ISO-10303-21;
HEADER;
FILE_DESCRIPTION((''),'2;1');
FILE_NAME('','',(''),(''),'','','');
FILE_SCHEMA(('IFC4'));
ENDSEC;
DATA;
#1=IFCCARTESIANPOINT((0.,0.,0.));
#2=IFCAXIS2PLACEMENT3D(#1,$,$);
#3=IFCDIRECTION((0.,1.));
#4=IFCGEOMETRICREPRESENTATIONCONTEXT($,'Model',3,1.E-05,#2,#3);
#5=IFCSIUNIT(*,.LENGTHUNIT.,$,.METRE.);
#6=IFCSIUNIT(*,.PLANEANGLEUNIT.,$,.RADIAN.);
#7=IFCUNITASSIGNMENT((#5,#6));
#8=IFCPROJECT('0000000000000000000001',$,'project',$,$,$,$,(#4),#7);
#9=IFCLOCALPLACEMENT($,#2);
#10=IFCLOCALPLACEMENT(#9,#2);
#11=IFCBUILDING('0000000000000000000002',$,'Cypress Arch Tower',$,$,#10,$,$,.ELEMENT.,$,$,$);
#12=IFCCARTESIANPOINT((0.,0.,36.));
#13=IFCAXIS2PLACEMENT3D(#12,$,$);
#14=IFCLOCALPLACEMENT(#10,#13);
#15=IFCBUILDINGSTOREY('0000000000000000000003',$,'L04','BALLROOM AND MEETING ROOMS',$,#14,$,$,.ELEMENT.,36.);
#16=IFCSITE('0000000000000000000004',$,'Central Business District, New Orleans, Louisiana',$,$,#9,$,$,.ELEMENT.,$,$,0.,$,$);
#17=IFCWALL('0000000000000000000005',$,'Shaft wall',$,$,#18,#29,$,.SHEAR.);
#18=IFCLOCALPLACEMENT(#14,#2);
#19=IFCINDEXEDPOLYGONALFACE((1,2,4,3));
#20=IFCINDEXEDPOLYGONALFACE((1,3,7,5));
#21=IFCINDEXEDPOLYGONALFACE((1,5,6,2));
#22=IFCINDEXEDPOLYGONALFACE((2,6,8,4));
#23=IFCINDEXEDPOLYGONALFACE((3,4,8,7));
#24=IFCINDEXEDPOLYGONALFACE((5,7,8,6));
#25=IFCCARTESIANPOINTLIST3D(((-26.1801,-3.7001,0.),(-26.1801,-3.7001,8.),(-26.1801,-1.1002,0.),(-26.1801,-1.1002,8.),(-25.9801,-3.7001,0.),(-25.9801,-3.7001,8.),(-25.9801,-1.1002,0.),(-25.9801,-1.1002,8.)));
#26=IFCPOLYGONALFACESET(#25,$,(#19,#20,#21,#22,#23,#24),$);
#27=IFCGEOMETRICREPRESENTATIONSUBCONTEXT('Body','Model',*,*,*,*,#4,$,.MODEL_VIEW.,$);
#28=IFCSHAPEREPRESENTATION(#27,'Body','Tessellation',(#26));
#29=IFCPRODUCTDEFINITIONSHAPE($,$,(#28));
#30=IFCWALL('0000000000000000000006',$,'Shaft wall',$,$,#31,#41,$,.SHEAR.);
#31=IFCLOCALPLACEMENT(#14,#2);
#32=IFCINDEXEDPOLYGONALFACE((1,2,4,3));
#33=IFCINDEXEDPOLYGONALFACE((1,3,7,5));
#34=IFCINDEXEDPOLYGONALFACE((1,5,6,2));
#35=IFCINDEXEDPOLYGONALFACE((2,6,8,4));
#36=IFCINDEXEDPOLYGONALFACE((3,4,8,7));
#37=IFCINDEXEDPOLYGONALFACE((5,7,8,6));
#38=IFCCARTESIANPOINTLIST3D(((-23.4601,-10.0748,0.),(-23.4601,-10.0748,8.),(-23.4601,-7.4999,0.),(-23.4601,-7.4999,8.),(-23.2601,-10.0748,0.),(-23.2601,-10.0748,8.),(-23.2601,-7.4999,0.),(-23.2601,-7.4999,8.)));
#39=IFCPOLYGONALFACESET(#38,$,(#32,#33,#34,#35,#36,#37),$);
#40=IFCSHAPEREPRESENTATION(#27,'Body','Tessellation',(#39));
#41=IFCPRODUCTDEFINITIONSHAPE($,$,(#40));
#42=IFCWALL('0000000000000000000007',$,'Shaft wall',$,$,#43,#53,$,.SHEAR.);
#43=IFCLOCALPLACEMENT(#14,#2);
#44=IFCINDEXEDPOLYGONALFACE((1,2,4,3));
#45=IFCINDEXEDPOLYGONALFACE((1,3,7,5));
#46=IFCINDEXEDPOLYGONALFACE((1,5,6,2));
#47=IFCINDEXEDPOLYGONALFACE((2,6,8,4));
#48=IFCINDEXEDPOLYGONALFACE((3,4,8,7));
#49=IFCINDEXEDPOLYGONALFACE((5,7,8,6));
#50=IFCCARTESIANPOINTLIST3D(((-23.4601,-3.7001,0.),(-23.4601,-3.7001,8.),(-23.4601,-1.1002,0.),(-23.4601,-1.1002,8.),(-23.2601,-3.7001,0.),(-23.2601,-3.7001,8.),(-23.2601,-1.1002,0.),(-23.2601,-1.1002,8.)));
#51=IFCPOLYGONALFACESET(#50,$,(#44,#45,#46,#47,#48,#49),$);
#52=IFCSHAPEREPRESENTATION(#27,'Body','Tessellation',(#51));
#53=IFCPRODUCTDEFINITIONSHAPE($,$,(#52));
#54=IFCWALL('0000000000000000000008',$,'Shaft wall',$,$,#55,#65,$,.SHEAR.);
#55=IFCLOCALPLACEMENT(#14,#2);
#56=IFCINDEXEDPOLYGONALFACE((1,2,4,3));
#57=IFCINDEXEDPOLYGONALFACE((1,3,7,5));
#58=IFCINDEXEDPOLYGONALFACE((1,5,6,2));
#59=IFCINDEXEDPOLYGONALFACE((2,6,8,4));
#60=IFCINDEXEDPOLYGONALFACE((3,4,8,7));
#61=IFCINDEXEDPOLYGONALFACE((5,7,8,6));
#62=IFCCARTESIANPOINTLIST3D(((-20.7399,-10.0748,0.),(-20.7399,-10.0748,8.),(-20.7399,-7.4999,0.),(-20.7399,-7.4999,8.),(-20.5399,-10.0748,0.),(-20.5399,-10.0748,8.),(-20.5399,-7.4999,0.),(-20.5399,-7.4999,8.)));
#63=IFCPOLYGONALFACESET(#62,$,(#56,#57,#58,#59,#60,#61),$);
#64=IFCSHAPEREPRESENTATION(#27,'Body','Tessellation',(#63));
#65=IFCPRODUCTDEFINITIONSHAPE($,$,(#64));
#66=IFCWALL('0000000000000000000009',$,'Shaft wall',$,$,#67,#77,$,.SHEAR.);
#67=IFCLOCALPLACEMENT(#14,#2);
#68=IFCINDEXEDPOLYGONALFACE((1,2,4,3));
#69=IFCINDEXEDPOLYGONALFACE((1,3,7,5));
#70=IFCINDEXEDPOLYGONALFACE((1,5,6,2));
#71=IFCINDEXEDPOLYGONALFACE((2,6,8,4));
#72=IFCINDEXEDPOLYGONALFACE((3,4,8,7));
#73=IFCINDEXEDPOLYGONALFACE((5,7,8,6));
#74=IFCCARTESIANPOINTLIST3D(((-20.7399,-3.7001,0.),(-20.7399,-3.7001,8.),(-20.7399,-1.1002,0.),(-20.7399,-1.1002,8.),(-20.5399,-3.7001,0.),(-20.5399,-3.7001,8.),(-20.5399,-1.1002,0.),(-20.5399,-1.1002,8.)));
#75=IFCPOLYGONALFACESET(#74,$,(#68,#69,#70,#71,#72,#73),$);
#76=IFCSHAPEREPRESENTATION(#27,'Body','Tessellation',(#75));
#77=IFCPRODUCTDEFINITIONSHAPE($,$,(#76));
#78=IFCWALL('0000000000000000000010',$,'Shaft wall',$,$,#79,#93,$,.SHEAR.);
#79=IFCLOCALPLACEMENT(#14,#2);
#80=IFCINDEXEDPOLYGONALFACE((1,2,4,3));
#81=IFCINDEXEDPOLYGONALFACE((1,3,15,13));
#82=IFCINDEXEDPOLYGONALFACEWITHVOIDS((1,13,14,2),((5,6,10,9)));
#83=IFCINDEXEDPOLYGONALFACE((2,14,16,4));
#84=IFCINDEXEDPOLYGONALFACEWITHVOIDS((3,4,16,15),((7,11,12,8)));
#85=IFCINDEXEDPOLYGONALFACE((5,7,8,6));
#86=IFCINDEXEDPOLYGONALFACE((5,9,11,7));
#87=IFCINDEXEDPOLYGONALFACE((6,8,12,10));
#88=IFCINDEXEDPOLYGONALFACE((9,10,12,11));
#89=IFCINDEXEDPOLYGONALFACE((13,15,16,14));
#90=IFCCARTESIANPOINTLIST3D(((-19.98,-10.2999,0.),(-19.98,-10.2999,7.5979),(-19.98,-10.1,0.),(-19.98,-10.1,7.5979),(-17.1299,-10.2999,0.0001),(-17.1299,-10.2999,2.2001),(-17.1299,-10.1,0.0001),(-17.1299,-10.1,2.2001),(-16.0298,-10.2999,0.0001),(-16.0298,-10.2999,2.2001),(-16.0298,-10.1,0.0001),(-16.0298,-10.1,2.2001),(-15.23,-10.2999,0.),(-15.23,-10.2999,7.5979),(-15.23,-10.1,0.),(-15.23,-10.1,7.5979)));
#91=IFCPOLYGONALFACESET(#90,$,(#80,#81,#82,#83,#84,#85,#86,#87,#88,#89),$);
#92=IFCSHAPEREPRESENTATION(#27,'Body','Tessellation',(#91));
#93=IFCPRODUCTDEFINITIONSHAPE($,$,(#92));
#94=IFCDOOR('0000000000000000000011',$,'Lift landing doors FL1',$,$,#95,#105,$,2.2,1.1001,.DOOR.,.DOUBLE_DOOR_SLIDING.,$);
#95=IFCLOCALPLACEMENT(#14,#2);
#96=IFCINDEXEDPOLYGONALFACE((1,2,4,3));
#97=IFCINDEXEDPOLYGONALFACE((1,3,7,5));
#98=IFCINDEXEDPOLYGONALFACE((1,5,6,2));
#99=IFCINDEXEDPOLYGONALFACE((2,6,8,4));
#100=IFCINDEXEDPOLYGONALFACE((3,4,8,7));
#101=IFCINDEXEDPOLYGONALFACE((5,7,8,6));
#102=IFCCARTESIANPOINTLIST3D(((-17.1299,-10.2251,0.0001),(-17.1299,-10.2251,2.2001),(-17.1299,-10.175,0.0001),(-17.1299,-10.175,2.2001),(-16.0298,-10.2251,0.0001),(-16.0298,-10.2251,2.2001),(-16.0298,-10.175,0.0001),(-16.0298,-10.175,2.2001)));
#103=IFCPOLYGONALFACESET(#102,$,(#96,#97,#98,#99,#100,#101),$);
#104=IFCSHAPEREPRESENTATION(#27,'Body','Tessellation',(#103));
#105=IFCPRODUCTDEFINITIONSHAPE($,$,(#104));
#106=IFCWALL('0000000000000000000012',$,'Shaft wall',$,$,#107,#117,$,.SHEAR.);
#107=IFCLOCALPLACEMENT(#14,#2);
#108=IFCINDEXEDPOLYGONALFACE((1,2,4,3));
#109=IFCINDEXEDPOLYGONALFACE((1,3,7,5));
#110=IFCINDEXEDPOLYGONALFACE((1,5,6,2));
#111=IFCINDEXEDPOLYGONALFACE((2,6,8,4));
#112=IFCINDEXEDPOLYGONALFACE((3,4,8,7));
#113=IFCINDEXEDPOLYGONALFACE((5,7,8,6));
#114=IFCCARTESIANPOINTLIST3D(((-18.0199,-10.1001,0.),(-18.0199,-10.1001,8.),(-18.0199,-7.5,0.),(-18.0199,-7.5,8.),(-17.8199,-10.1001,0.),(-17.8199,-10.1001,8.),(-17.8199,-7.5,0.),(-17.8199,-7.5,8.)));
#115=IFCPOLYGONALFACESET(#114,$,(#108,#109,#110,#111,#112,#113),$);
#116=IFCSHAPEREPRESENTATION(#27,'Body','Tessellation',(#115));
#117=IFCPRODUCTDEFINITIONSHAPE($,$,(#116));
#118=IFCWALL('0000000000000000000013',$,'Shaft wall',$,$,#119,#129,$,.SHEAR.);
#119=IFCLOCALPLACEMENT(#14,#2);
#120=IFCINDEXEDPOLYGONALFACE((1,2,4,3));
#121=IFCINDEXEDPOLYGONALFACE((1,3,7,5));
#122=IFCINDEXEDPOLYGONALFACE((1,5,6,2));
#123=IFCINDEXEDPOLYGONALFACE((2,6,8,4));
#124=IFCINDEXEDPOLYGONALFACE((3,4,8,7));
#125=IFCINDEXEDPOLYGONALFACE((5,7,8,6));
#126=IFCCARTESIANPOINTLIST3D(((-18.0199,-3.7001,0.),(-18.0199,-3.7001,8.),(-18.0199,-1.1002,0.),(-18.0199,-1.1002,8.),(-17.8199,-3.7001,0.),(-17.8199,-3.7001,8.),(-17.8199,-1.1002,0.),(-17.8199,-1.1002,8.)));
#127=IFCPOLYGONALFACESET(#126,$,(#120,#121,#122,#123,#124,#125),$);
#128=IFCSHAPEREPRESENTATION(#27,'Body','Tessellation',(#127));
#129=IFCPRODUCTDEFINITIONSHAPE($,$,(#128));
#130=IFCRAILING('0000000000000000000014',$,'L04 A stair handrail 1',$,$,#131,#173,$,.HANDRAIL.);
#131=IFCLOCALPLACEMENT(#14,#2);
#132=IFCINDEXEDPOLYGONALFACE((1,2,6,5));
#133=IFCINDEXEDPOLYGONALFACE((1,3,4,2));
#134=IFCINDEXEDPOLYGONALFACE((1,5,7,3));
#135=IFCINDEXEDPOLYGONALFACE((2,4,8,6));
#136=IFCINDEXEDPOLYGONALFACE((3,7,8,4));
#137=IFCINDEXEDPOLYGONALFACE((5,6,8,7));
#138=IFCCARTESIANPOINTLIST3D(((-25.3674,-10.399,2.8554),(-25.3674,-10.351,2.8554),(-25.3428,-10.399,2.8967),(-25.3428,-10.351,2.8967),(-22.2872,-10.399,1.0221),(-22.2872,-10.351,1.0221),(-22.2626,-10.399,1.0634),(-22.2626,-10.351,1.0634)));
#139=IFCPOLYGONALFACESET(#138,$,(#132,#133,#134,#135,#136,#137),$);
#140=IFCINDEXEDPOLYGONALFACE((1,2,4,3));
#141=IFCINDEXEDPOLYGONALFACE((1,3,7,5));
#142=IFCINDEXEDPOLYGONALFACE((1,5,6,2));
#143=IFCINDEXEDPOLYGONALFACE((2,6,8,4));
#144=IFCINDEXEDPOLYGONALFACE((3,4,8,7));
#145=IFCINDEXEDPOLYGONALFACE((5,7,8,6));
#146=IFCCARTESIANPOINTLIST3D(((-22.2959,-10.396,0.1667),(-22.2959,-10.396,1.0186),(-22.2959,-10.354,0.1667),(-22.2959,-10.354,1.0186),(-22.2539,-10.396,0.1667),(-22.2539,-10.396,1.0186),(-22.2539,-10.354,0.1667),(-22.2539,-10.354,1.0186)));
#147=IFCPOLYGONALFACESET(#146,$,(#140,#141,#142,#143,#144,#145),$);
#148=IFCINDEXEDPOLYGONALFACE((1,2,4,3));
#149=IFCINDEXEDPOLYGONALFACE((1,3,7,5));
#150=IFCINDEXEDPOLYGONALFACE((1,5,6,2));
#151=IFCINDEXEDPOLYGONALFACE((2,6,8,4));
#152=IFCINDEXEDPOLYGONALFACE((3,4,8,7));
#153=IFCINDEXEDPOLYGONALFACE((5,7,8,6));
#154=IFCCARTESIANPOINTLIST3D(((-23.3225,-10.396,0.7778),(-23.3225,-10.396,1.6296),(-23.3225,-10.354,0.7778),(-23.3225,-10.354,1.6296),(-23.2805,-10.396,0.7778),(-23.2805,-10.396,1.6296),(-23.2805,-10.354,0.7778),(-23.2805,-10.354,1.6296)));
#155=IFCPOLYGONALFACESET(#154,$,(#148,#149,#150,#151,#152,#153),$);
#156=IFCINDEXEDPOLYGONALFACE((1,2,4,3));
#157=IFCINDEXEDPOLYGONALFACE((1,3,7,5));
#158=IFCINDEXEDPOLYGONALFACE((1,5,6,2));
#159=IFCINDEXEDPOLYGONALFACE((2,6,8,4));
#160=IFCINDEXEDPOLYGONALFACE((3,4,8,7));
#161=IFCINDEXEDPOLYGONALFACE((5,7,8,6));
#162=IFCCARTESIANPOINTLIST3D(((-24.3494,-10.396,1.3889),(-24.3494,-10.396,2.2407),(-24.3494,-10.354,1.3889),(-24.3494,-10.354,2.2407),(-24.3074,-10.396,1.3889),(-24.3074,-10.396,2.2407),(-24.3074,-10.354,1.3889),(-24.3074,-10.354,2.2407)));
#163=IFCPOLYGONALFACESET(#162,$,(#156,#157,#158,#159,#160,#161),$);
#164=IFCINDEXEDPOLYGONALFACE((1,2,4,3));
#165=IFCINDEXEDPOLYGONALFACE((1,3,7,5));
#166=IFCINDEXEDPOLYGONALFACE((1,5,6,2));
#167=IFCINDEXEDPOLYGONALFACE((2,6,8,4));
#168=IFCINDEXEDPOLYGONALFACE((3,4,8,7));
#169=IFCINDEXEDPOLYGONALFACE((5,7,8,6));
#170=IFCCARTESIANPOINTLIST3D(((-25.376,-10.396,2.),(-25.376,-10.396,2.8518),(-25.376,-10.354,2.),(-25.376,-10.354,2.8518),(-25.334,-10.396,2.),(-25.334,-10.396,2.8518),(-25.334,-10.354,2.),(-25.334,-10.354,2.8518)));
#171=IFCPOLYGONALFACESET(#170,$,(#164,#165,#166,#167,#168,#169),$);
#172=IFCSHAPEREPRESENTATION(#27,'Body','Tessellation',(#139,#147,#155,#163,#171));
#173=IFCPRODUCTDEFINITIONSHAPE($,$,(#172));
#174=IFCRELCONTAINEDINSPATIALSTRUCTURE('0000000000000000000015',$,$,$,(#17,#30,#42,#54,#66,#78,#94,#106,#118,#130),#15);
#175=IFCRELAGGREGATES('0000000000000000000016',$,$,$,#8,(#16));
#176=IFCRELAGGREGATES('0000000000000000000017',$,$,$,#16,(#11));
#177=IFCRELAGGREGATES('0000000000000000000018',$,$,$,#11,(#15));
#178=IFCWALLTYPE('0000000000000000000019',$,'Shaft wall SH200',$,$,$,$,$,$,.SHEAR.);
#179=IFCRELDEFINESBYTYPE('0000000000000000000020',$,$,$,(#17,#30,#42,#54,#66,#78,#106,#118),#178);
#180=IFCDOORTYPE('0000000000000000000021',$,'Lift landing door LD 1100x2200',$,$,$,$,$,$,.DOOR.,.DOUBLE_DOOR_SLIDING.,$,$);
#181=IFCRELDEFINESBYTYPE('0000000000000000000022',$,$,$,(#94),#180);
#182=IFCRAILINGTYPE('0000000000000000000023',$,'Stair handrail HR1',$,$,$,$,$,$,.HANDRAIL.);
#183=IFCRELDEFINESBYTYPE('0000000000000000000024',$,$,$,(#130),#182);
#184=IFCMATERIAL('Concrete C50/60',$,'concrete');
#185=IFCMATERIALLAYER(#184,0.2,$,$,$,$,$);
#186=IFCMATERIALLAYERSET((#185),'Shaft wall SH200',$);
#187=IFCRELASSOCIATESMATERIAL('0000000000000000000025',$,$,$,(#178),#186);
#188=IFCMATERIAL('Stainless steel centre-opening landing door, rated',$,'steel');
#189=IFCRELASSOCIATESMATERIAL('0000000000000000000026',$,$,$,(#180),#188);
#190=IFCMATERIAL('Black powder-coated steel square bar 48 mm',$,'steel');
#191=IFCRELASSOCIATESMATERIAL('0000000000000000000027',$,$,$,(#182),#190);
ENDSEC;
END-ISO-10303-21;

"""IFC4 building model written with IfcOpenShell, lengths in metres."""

from ifc_helpers import new_model, si_unit, direction, frame, frame_2d, origin, origin_2d, place, context, subcontext, project, spatial, rectangle, extrude, material, layer, layer_set, type_object, element, fill, save


model = new_model("IFC4")

# Units and contexts
model_context = context("Model", 3, precision=1e-05, world=origin(), true_north=direction((0.0, 1.0)))
body_context = subcontext(model_context, "Body", "Model", "MODEL_VIEW")
ifc_project = project(units=[si_unit("LENGTHUNIT", "METRE"), si_unit("PLANEANGLEUNIT", "RADIAN")], contexts=[model_context])

# Site, building, storey
site_placement = place(None, origin())
site = spatial("IfcSite", under=ifc_project, at=site_placement, Name="Central Business District, New Orleans, Louisiana", CompositionType="ELEMENT", RefElevation=0.0)
building_placement = place(site_placement, origin())
building = spatial("IfcBuilding", under=site, at=building_placement, Name="Cypress Arch Tower", CompositionType="ELEMENT")
storey_placement = place(building_placement, frame((0.0, 0.0, 36.0)))
storey = spatial("IfcBuildingStorey", under=building, at=storey_placement, Name="L04", Description="BALLROOM AND MEETING ROOMS", CompositionType="ELEMENT", Elevation=36.0)

# Walls
ifc_material_1 = material(Name="Concrete C50/60", Category="concrete")
ifc_layer_1 = layer(ifc_material_1, 0.2)
ifc_layer_set_1 = layer_set([ifc_layer_1], Name="Shaft wall SH200")
wall_type_1 = type_object("IfcWallType", Name="Shaft wall SH200", PredefinedType="SHEAR", material=ifc_layer_set_1)
wall_1_placement = place(storey_placement, frame((-26.0801, -3.7, 0.0), z_axis=(0.0, 0.0, 1.0), x_axis=(0.0, 1.0, 0.0)))
element("IfcWall", 1, at=wall_1_placement, inside=storey, type_object=wall_type_1, Name="Shaft wall", PredefinedType="SHEAR", context=body_context, shape_type="SweptSolid", body=[
    extrude(rectangle(XDim=2.5999, YDim=0.2, at=frame_2d((1.2998, 0.0))), origin(), (0.0, 0.0, 1.0), 8.0),
])
wall_2_placement = place(storey_placement, frame((-23.3601, -10.075, 0.0), z_axis=(0.0, 0.0, 1.0), x_axis=(0.0, 1.0, 0.0)))
element("IfcWall", 2, at=wall_2_placement, inside=storey, type_object=wall_type_1, Name="Shaft wall", PredefinedType="SHEAR", context=body_context, shape_type="SweptSolid", body=[
    extrude(rectangle(XDim=2.575, YDim=0.2, at=frame_2d((1.2876, 0.0))), origin(), (0.0, 0.0, 1.0), 8.0),
])
wall_3_placement = place(storey_placement, frame((-23.3601, -3.7, 0.0), z_axis=(0.0, 0.0, 1.0), x_axis=(0.0, 1.0, 0.0)))
element("IfcWall", 3, at=wall_3_placement, inside=storey, type_object=wall_type_1, Name="Shaft wall", PredefinedType="SHEAR", context=body_context, shape_type="SweptSolid", body=[
    extrude(rectangle(XDim=2.5999, YDim=0.2, at=frame_2d((1.2998, 0.0))), origin(), (0.0, 0.0, 1.0), 8.0),
])
wall_4_placement = place(storey_placement, frame((-20.6399, -10.075, 0.0), z_axis=(0.0, 0.0, 1.0), x_axis=(0.0, 1.0, 0.0)))
element("IfcWall", 4, at=wall_4_placement, inside=storey, type_object=wall_type_1, Name="Shaft wall", PredefinedType="SHEAR", context=body_context, shape_type="SweptSolid", body=[
    extrude(rectangle(XDim=2.575, YDim=0.2, at=frame_2d((1.2876, 0.0))), origin(), (0.0, 0.0, 1.0), 8.0),
])
wall_5_placement = place(storey_placement, frame((-20.6399, -3.7, 0.0), z_axis=(0.0, 0.0, 1.0), x_axis=(0.0, 1.0, 0.0)))
element("IfcWall", 5, at=wall_5_placement, inside=storey, type_object=wall_type_1, Name="Shaft wall", PredefinedType="SHEAR", context=body_context, shape_type="SweptSolid", body=[
    extrude(rectangle(XDim=2.5999, YDim=0.2, at=frame_2d((1.2998, 0.0))), origin(), (0.0, 0.0, 1.0), 8.0),
])

# Wall, opening, door
wall_6_placement = place(storey_placement, frame((-19.98, -10.2, 0.0), z_axis=(0.0, 0.0, 1.0), x_axis=(1.0, 0.0, 0.0)))
wall_6 = element("IfcWall", 6, at=wall_6_placement, inside=storey, type_object=wall_type_1, Name="Shaft wall", PredefinedType="SHEAR", context=body_context, shape_type="SweptSolid", body=[
    extrude(rectangle(XDim=4.75, YDim=0.2, at=frame_2d((2.375, 0.0))), origin(), (0.0, 0.0, 1.0), 7.5979),
])
opening_1_placement = place(wall_6_placement, frame((2.8501, 0.0, 0.0)))
opening_1 = element("IfcOpeningElement", 7, at=opening_1_placement, cuts=wall_6, PredefinedType="OPENING", context=body_context, shape_type="SweptSolid", body=[
    extrude(rectangle(XDim=1.1001, YDim=2.2, at=frame_2d((0.55, 1.1001))), frame((0.0, 0.1099, 0.0), z_axis=(0.0, -1.0, 0.0), x_axis=(1.0, 0.0, 0.0)), (0.0, 0.0, 1.0), 0.22),
])
ifc_material_2 = material(Name="Stainless steel centre-opening landing door, rated", Category="steel")
door_type_1 = type_object("IfcDoorType", Name="Lift landing door LD 1100x2200", OperationType="DOUBLE_DOOR_SLIDING", PredefinedType="DOOR", material=ifc_material_2)
door_1_placement = place(opening_1_placement, origin())
door_1 = element("IfcDoor", 8, at=door_1_placement, inside=storey, type_object=door_type_1, Name="Lift landing doors FL1", OperationType="DOUBLE_DOOR_SLIDING", OverallHeight=2.2, OverallWidth=1.1001, PredefinedType="DOOR", context=body_context, shape_type="SweptSolid", body=[
    extrude(rectangle(XDim=1.1001, YDim=2.2, at=frame_2d((0.55, 1.1001))), frame((0.0, 0.0249, 0.0), z_axis=(0.0, -1.0, 0.0), x_axis=(1.0, 0.0, 0.0)), (0.0, 0.0, 1.0), 0.05),
])
fill(opening_1, door_1)

# Walls
wall_7_placement = place(storey_placement, frame((-17.9199, -10.1001, 0.0), z_axis=(0.0, 0.0, 1.0), x_axis=(0.0, 1.0, 0.0)))
element("IfcWall", 9, at=wall_7_placement, inside=storey, type_object=wall_type_1, Name="Shaft wall", PredefinedType="SHEAR", context=body_context, shape_type="SweptSolid", body=[
    extrude(rectangle(XDim=2.6001, YDim=0.2, at=frame_2d((1.3, 0.0))), origin(), (0.0, 0.0, 1.0), 8.0),
])
wall_8_placement = place(storey_placement, frame((-17.9199, -3.7, 0.0), z_axis=(0.0, 0.0, 1.0), x_axis=(0.0, 1.0, 0.0)))
element("IfcWall", 10, at=wall_8_placement, inside=storey, type_object=wall_type_1, Name="Shaft wall", PredefinedType="SHEAR", context=body_context, shape_type="SweptSolid", body=[
    extrude(rectangle(XDim=2.5999, YDim=0.2, at=frame_2d((1.2998, 0.0))), origin(), (0.0, 0.0, 1.0), 8.0),
])

# Railing
ifc_material_3 = material(Name="Black powder-coated steel square bar 48 mm", Category="steel")
railing_type_1 = type_object("IfcRailingType", Name="Stair handrail HR1", PredefinedType="HANDRAIL", material=ifc_material_3)
for number, where, name in (
    (11, (-22.2749, -10.375, 0.1667), "L04 A stair handrail 1"),
):
    element("IfcRailing", number, at=place(storey_placement, frame(where)), inside=storey, type_object=railing_type_1, Name=name, PredefinedType="HANDRAIL", context=body_context, shape_type="SweptSolid", body=[
        extrude(rectangle(XDim=0.0481, YDim=0.0481, at=origin_2d()), frame((0.0, 0.0, 0.876), z_axis=(-0.859309, 0.0, 0.511458), x_axis=(0.0, -1.0, 0.0)), (0.0, 0.0, 1.0), 3.5845),
        extrude(rectangle(XDim=0.042, YDim=0.042, at=origin_2d()), origin(), (0.0, 0.0, 1.0), 0.8518),
        extrude(rectangle(XDim=0.042, YDim=0.042, at=origin_2d()), frame((-1.0266, 0.0, 0.6111)), (0.0, 0.0, 1.0), 0.8518),
        extrude(rectangle(XDim=0.042, YDim=0.042, at=origin_2d()), frame((-2.0535, 0.0, 1.2222)), (0.0, 0.0, 1.0), 0.8518),
        extrude(rectangle(XDim=0.042, YDim=0.042, at=origin_2d()), frame((-3.0801, 0.0, 1.8333)), (0.0, 0.0, 1.0), 0.8518),
    ])

save(model, "model.ifc")
